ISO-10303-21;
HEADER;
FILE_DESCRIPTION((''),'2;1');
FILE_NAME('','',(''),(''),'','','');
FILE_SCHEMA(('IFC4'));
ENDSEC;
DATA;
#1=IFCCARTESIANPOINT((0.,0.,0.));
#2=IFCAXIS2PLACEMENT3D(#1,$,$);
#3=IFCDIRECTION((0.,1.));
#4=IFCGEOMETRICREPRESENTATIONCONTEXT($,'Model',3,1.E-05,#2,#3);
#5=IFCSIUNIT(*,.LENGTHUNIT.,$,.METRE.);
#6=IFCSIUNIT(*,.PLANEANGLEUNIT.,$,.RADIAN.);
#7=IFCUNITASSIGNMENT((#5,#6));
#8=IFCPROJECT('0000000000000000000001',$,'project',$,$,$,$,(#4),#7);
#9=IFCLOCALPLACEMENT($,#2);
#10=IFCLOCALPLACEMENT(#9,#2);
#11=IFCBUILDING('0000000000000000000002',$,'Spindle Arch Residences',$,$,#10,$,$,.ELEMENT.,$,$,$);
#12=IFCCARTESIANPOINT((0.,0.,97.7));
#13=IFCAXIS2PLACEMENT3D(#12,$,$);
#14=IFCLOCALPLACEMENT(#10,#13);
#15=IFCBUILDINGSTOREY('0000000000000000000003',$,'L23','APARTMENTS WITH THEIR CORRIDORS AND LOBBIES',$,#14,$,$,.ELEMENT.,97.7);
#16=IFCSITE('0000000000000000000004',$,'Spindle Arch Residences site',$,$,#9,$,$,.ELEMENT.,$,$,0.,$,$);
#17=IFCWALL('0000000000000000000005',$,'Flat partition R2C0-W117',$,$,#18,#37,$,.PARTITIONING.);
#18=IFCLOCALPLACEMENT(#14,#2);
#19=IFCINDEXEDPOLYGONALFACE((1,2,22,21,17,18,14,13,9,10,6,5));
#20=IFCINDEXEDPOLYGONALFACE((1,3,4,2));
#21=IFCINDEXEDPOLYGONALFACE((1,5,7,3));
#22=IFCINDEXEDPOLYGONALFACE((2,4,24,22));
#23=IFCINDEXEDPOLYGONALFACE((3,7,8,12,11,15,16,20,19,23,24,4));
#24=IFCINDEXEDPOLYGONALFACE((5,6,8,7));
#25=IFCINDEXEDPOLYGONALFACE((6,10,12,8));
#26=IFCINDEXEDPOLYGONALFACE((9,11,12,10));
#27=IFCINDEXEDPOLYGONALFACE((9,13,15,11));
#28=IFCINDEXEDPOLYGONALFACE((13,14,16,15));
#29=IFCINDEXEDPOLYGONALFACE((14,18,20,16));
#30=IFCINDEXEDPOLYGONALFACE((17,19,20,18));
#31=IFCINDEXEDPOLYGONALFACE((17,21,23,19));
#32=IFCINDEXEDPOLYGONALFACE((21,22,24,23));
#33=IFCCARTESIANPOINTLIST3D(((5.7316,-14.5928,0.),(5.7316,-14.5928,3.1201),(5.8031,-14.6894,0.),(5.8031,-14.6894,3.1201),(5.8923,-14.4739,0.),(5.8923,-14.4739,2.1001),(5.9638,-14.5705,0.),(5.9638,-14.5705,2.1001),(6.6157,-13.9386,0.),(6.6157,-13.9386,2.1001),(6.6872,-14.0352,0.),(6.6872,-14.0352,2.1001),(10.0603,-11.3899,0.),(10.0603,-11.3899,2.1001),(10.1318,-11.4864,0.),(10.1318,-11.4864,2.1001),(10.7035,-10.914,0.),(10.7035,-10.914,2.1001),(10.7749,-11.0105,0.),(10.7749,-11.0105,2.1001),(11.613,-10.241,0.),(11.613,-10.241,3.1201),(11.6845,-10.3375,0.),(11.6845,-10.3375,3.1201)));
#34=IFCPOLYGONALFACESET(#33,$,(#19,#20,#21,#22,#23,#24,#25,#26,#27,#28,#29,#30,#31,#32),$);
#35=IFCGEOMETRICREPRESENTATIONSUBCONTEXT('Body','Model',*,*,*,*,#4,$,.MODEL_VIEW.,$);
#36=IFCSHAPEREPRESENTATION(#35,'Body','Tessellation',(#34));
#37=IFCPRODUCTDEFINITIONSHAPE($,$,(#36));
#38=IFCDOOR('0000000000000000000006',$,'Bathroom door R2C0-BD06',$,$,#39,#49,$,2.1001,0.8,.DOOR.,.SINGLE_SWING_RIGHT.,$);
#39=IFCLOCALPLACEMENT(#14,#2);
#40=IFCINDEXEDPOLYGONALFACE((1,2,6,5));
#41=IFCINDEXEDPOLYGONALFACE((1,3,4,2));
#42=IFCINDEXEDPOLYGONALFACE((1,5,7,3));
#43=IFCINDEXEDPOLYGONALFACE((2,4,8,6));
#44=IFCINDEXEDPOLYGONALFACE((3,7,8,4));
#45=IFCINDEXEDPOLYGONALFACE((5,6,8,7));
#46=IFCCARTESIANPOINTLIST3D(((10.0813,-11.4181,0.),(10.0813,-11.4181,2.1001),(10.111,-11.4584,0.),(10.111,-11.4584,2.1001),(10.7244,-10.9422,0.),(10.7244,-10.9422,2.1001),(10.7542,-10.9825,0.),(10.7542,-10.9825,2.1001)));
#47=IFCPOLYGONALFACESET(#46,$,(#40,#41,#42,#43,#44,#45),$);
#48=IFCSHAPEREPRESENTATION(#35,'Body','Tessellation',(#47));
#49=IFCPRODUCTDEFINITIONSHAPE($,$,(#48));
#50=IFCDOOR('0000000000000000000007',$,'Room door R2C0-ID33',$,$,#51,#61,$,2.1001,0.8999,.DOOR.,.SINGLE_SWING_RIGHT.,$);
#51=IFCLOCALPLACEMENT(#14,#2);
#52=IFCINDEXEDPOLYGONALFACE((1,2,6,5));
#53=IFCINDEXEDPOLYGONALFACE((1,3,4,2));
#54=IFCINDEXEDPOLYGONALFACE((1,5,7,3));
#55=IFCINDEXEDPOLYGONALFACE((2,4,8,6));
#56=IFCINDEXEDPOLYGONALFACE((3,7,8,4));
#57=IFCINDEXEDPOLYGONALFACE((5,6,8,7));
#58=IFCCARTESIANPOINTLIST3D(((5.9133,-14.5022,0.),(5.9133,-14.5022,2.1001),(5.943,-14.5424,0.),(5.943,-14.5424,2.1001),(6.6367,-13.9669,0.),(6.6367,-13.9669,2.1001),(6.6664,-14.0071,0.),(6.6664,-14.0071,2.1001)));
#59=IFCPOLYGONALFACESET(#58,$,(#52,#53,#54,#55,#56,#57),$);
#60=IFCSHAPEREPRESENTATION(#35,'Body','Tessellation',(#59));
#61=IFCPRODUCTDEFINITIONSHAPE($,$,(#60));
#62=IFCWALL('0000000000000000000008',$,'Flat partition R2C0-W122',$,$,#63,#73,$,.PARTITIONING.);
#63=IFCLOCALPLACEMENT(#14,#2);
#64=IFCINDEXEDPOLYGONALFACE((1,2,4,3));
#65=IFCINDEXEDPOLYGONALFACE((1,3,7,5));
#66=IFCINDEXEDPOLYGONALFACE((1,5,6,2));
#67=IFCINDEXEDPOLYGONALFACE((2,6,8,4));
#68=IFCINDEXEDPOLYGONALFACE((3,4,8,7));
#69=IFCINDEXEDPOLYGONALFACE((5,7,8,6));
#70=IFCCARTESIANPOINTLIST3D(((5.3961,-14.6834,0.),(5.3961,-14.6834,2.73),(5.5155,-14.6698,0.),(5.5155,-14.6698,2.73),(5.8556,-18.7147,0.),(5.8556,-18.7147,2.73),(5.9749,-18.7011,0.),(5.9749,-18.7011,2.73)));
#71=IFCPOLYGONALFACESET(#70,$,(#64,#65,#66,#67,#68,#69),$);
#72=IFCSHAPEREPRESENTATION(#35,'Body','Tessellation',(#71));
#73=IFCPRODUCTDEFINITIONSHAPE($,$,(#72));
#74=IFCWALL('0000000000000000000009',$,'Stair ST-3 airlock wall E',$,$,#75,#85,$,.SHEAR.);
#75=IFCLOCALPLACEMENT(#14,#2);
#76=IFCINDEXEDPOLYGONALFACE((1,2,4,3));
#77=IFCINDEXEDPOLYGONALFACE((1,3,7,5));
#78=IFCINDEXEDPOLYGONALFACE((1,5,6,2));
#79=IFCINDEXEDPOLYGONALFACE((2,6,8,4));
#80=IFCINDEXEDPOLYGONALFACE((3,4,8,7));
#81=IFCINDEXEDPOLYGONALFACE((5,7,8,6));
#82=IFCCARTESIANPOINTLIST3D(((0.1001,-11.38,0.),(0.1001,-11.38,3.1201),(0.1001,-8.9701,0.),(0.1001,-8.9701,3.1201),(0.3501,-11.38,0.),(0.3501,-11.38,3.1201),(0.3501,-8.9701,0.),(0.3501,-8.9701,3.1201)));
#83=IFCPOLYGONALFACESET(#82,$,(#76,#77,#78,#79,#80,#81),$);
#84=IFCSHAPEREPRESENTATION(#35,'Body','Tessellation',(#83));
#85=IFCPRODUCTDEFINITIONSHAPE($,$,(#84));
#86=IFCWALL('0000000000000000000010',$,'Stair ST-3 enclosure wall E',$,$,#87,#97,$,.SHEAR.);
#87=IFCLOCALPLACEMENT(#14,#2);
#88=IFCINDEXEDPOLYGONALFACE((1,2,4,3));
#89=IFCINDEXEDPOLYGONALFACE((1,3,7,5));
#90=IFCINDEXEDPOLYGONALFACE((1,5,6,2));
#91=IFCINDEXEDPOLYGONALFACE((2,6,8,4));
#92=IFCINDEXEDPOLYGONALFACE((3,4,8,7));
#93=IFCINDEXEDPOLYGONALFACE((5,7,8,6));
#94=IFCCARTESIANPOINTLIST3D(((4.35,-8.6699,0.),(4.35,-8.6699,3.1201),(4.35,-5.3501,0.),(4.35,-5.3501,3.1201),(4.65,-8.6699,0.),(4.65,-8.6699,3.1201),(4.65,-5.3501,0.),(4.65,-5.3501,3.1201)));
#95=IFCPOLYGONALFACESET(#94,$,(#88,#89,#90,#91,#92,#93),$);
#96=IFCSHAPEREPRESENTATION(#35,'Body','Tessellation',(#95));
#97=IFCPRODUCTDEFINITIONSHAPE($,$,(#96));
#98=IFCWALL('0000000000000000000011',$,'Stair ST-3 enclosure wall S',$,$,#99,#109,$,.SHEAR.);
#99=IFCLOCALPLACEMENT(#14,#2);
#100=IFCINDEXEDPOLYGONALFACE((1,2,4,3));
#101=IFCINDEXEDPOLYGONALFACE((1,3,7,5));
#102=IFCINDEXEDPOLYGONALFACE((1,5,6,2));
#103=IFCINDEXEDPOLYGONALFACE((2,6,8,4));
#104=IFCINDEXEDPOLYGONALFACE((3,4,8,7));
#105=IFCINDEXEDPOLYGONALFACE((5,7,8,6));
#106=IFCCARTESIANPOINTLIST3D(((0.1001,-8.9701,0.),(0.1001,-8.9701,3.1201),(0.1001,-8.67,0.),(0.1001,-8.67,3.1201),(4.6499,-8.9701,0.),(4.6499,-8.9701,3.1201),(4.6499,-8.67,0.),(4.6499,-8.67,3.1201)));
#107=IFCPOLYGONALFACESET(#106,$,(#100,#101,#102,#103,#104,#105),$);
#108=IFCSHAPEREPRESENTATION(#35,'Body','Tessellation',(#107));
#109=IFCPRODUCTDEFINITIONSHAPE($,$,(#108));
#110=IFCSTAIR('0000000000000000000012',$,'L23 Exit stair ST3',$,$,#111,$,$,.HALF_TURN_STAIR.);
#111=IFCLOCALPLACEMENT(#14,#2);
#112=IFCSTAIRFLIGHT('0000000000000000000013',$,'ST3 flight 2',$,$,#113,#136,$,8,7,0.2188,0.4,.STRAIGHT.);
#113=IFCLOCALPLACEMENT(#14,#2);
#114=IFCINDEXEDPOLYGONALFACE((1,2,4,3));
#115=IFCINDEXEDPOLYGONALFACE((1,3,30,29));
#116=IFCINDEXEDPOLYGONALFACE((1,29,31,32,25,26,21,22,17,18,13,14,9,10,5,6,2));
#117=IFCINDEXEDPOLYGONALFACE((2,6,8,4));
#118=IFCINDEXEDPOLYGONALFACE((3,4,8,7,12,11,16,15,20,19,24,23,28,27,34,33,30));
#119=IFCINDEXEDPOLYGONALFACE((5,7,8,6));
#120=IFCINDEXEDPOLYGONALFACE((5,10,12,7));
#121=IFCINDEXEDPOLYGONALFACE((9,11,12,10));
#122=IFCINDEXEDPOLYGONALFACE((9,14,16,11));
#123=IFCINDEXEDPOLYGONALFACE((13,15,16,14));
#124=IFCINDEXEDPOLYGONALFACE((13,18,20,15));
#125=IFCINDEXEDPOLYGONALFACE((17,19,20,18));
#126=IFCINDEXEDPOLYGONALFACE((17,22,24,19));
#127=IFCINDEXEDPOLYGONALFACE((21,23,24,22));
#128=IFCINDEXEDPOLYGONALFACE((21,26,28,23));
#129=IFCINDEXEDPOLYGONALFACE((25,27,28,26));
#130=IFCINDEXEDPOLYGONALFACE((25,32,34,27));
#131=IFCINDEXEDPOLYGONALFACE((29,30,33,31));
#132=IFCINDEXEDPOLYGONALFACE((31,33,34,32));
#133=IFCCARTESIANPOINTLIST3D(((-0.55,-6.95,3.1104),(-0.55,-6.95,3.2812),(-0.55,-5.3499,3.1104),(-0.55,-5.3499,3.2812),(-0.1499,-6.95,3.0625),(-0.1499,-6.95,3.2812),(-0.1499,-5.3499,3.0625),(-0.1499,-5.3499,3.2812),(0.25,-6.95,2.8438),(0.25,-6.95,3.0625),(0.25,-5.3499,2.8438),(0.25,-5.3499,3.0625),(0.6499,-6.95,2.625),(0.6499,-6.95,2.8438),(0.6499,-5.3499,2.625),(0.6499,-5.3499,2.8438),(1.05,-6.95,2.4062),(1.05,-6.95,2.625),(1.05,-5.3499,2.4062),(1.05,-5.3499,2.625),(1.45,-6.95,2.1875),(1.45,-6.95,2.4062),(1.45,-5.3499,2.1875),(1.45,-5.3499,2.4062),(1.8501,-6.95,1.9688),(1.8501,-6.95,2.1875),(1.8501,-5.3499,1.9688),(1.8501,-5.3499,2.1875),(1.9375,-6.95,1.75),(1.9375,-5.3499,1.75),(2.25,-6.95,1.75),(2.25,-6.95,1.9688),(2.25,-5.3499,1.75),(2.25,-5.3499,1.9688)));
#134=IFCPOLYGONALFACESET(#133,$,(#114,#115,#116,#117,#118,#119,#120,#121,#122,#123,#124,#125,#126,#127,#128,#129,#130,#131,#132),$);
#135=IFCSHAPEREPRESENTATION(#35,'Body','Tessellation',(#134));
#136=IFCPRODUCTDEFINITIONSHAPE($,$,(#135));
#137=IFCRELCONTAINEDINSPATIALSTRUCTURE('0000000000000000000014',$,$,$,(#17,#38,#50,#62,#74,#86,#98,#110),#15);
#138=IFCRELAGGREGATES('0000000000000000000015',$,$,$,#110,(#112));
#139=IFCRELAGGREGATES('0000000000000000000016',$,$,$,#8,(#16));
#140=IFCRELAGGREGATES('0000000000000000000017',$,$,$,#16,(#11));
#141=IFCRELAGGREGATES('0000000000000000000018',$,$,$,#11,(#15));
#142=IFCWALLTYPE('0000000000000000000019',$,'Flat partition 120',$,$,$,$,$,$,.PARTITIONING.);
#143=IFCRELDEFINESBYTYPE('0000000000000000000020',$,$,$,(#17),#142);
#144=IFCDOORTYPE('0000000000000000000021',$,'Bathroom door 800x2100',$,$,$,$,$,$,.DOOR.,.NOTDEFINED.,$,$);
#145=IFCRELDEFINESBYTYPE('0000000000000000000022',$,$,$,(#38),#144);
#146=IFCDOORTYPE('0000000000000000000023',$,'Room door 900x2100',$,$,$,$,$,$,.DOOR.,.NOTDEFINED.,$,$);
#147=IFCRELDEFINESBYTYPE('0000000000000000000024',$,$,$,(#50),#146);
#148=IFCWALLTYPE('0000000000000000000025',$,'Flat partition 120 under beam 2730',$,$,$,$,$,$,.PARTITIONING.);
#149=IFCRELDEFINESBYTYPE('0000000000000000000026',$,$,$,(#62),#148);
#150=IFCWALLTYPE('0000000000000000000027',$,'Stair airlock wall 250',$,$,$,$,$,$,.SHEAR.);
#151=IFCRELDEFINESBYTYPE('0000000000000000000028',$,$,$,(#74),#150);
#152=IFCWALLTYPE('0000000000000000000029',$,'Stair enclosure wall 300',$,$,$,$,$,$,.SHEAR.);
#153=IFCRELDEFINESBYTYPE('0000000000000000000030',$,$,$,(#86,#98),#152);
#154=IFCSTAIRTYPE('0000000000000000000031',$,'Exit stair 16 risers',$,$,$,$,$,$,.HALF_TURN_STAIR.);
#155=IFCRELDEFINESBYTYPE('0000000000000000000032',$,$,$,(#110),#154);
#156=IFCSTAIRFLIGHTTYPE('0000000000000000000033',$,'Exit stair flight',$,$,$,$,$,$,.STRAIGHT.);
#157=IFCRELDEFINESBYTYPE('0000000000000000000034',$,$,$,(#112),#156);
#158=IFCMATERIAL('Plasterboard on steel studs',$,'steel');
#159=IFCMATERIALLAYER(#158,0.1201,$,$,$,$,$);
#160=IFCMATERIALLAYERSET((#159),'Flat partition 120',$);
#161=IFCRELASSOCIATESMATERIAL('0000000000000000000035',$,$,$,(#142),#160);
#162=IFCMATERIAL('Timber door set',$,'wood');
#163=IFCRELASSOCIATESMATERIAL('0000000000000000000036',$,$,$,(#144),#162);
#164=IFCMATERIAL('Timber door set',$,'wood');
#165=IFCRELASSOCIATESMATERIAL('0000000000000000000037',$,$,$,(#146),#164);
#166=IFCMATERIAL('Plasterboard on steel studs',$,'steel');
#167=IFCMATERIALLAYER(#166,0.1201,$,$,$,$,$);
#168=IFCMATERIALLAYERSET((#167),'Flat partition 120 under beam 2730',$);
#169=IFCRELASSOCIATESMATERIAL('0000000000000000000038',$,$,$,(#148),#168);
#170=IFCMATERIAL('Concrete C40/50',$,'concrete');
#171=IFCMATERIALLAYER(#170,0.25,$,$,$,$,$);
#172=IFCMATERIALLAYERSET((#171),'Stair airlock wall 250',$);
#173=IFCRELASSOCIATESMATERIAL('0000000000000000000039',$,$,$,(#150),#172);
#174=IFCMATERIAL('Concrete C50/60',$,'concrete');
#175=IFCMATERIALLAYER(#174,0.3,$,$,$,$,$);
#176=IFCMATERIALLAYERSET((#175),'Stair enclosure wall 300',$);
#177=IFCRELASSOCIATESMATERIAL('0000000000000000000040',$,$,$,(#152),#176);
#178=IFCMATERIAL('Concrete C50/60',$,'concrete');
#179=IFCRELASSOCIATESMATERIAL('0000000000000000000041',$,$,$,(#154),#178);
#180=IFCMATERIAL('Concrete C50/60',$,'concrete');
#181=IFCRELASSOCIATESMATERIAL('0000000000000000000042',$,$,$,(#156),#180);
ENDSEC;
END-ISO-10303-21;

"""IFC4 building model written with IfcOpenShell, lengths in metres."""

from ifc_helpers import new_model, si_unit, direction, frame, frame_2d, origin, place, context, subcontext, project, spatial, polyline, rectangle, outline, extrude, material, layer, layer_set, type_object, element, fill, aggregate, save


model = new_model("IFC4")

# Units and contexts
model_context = context("Model", 3, precision=1e-05, world=origin(), true_north=direction((0.0, 1.0)))
body_context = subcontext(model_context, "Body", "Model", "MODEL_VIEW")
ifc_project = project(units=[si_unit("LENGTHUNIT", "METRE"), si_unit("PLANEANGLEUNIT", "RADIAN")], contexts=[model_context])

# Site, building, storey
site_placement = place(None, origin())
site = spatial("IfcSite", under=ifc_project, at=site_placement, Name="Spindle Arch Residences site", CompositionType="ELEMENT", RefElevation=0.0)
building_placement = place(site_placement, origin())
building = spatial("IfcBuilding", under=site, at=building_placement, Name="Spindle Arch Residences", CompositionType="ELEMENT")
storey_placement = place(building_placement, frame((0.0, 0.0, 97.7)))
storey = spatial("IfcBuildingStorey", under=building, at=storey_placement, Name="L23", Description="APARTMENTS WITH THEIR CORRIDORS AND LOBBIES", CompositionType="ELEMENT", Elevation=97.7)

# Shared definitions
ifc_material_1 = material(Name="Plasterboard on steel studs", Category="steel")
ifc_layer_1 = layer(ifc_material_1, 0.1201)
ifc_layer_set_1 = layer_set([ifc_layer_1], Name="Flat partition 120")
wall_type_1 = type_object("IfcWallType", Name="Flat partition 120", PredefinedType="PARTITIONING", material=ifc_layer_set_1)

# Wall, openings, doors
wall_1_placement = place(storey_placement, frame((5.7673, -14.6411, 0.0), z_axis=(0.0, 0.0, 1.0), x_axis=(0.803867, 0.594809, 0.0)))
wall_1 = element("IfcWall", 1, at=wall_1_placement, inside=storey, type_object=wall_type_1, Name="Flat partition R2C0-W117", PredefinedType="PARTITIONING", context=body_context, shape_type="SweptSolid", body=[
    extrude(rectangle(XDim=7.3164, YDim=0.1201, at=frame_2d((3.6582, 0.0))), origin(), (0.0, 0.0, 1.0), 3.1201),
])
opening_1_placement = place(wall_1_placement, frame((0.2, 0.0, 0.0)))
opening_1 = element("IfcOpeningElement", 2, at=opening_1_placement, cuts=wall_1, PredefinedType="OPENING", context=body_context, shape_type="SweptSolid", body=[
    extrude(rectangle(XDim=0.8999, YDim=2.1001, at=frame_2d((0.45, 1.05))), frame((0.0, 0.0701, 0.0), z_axis=(0.0, -1.0, 0.0), x_axis=(1.0, 0.0, 0.0)), (0.0, 0.0, 1.0), 0.1401),
])
opening_2_placement = place(wall_1_placement, frame((5.385, 0.0, 0.0)))
opening_2 = element("IfcOpeningElement", 3, at=opening_2_placement, cuts=wall_1, PredefinedType="OPENING", context=body_context, shape_type="SweptSolid", body=[
    extrude(rectangle(XDim=0.8, YDim=2.1001, at=frame_2d((0.3999, 1.05))), frame((0.0, 0.0701, 0.0), z_axis=(0.0, -1.0, 0.0), x_axis=(1.0, 0.0, 0.0)), (0.0, 0.0, 1.0), 0.1401),
])
ifc_material_2 = material(Name="Timber door set", Category="wood")
door_type_1 = type_object("IfcDoorType", Name="Bathroom door 800x2100", OperationType="NOTDEFINED", PredefinedType="DOOR", material=ifc_material_2)
door_1_placement = place(opening_2_placement, origin())
door_1 = element("IfcDoor", 4, at=door_1_placement, inside=storey, type_object=door_type_1, Name="Bathroom door R2C0-BD06", OperationType="SINGLE_SWING_RIGHT", OverallHeight=2.1001, OverallWidth=0.8, PredefinedType="DOOR", context=body_context, shape_type="SweptSolid", body=[
    extrude(rectangle(XDim=0.8, YDim=2.1001, at=frame_2d((0.3999, 1.05))), frame((0.0, 0.0249, 0.0), z_axis=(0.0, -1.0, 0.0), x_axis=(1.0, 0.0, 0.0)), (0.0, 0.0, 1.0), 0.05),
])
fill(opening_2, door_1)
ifc_material_3 = material(Name="Timber door set", Category="wood")
door_type_2 = type_object("IfcDoorType", Name="Room door 900x2100", OperationType="NOTDEFINED", PredefinedType="DOOR", material=ifc_material_3)
door_2_placement = place(opening_1_placement, origin())
door_2 = element("IfcDoor", 5, at=door_2_placement, inside=storey, type_object=door_type_2, Name="Room door R2C0-ID33", OperationType="SINGLE_SWING_RIGHT", OverallHeight=2.1001, OverallWidth=0.8999, PredefinedType="DOOR", context=body_context, shape_type="SweptSolid", body=[
    extrude(rectangle(XDim=0.8999, YDim=2.1001, at=frame_2d((0.45, 1.05))), frame((0.0, 0.0249, 0.0), z_axis=(0.0, -1.0, 0.0), x_axis=(1.0, 0.0, 0.0)), (0.0, 0.0, 1.0), 0.05),
])
fill(opening_1, door_2)

# Walls
ifc_material_4 = material(Name="Plasterboard on steel studs", Category="steel")
ifc_layer_2 = layer(ifc_material_4, 0.1201)
ifc_layer_set_2 = layer_set([ifc_layer_2], Name="Flat partition 120 under beam 2730")
wall_type_2 = type_object("IfcWallType", Name="Flat partition 120 under beam 2730", PredefinedType="PARTITIONING", material=ifc_layer_set_2)
wall_2_placement = place(storey_placement, frame((5.9153, -18.708, 0.0), z_axis=(0.0, 0.0, 1.0), x_axis=(-0.113245, 0.993567, 0.0)))
element("IfcWall", 6, at=wall_2_placement, inside=storey, type_object=wall_type_2, Name="Flat partition R2C0-W122", PredefinedType="PARTITIONING", context=body_context, shape_type="SweptSolid", body=[
    extrude(rectangle(XDim=4.0574, YDim=0.1201, at=frame_2d((2.0288, 0.0))), origin(), (0.0, 0.0, 1.0), 2.73),
])
ifc_material_5 = material(Name="Concrete C40/50", Category="concrete")
ifc_layer_3 = layer(ifc_material_5, 0.25)
ifc_layer_set_3 = layer_set([ifc_layer_3], Name="Stair airlock wall 250")
wall_type_3 = type_object("IfcWallType", Name="Stair airlock wall 250", PredefinedType="SHEAR", material=ifc_layer_set_3)
wall_3_placement = place(storey_placement, frame((0.2251, -8.97, 0.0), z_axis=(0.0, 0.0, 1.0), x_axis=(0.0, -1.0, 0.0)))
element("IfcWall", 7, at=wall_3_placement, inside=storey, type_object=wall_type_3, Name="Stair ST-3 airlock wall E", PredefinedType="SHEAR", context=body_context, shape_type="SweptSolid", body=[
    extrude(rectangle(XDim=2.4099, YDim=0.25, at=frame_2d((1.2051, 0.0))), origin(), (0.0, 0.0, 1.0), 3.1201),
])
ifc_material_6 = material(Name="Concrete C50/60", Category="concrete")
ifc_layer_4 = layer(ifc_material_6, 0.3)
ifc_layer_set_4 = layer_set([ifc_layer_4], Name="Stair enclosure wall 300")
wall_type_4 = type_object("IfcWallType", Name="Stair enclosure wall 300", PredefinedType="SHEAR", material=ifc_layer_set_4)
wall_4_placement = place(storey_placement, frame((4.5, -8.6699, 0.0), z_axis=(0.0, 0.0, 1.0), x_axis=(0.0, 1.0, 0.0)))
element("IfcWall", 8, at=wall_4_placement, inside=storey, type_object=wall_type_4, Name="Stair ST-3 enclosure wall E", PredefinedType="SHEAR", context=body_context, shape_type="SweptSolid", body=[
    extrude(rectangle(XDim=3.3198, YDim=0.3, at=frame_2d((1.6599, 0.0))), origin(), (0.0, 0.0, 1.0), 3.1201),
])
wall_5_placement = place(storey_placement, frame((0.1001, -8.8201, 0.0), z_axis=(0.0, 0.0, 1.0), x_axis=(1.0, 0.0, 0.0)))
element("IfcWall", 9, at=wall_5_placement, inside=storey, type_object=wall_type_4, Name="Stair ST-3 enclosure wall S", PredefinedType="SHEAR", context=body_context, shape_type="SweptSolid", body=[
    extrude(rectangle(XDim=4.5498, YDim=0.3, at=frame_2d((2.2749, 0.0))), origin(), (0.0, 0.0, 1.0), 3.1201),
])

# Stair, stair flight
ifc_material_7 = material(Name="Concrete C50/60", Category="concrete")
stair_type = type_object("IfcStairType", Name="Exit stair 16 risers", PredefinedType="HALF_TURN_STAIR", material=ifc_material_7)
stair_placement = place(storey_placement, origin())
stair = element("IfcStair", 10, at=stair_placement, inside=storey, type_object=stair_type, Name="L23 Exit stair ST3", PredefinedType="HALF_TURN_STAIR")
ifc_material_8 = material(Name="Concrete C50/60", Category="concrete")
stair_flight_type = type_object("IfcStairFlightType", Name="Exit stair flight", PredefinedType="STRAIGHT", material=ifc_material_8)
stair_flight_placement = place(storey_placement, frame((2.25, -6.1499, 1.75), z_axis=(0.0, 0.0, 1.0), x_axis=(-1.0, 0.0, 0.0)))
stair_flight = element("IfcStairFlight", 11, at=stair_flight_placement, type_object=stair_flight_type, Name="ST3 flight 2", NumberOfRisers=8, NumberOfTreads=7, PredefinedType="STRAIGHT", RiserHeight=0.2188, TreadLength=0.4, context=body_context, shape_type="SweptSolid", body=[
    extrude(outline(polyline([(0.0, 0.0), (0.0, 0.2188), (0.3999, 0.2188), (0.3999, 0.4375), (0.8, 0.4375), (0.8, 0.6562), (1.2, 0.6562), (1.2, 0.875), (1.6001, 0.875), (1.6001, 1.0938), (2.0, 1.0938), (2.0, 1.3125), (2.3999, 1.3125), (2.3999, 1.5312), (2.8, 1.5312), (2.8, 1.75), (2.8, 1.3604), (0.3125, 0.0), (0.0, 0.0)])), frame((0.0, 0.8, 0.0), z_axis=(0.0, -1.0, 0.0), x_axis=(1.0, 0.0, 0.0)), (0.0, 0.0, 1.0), 1.6001),
])
aggregate(stair, [stair_flight])

save(model, "model.ifc")
